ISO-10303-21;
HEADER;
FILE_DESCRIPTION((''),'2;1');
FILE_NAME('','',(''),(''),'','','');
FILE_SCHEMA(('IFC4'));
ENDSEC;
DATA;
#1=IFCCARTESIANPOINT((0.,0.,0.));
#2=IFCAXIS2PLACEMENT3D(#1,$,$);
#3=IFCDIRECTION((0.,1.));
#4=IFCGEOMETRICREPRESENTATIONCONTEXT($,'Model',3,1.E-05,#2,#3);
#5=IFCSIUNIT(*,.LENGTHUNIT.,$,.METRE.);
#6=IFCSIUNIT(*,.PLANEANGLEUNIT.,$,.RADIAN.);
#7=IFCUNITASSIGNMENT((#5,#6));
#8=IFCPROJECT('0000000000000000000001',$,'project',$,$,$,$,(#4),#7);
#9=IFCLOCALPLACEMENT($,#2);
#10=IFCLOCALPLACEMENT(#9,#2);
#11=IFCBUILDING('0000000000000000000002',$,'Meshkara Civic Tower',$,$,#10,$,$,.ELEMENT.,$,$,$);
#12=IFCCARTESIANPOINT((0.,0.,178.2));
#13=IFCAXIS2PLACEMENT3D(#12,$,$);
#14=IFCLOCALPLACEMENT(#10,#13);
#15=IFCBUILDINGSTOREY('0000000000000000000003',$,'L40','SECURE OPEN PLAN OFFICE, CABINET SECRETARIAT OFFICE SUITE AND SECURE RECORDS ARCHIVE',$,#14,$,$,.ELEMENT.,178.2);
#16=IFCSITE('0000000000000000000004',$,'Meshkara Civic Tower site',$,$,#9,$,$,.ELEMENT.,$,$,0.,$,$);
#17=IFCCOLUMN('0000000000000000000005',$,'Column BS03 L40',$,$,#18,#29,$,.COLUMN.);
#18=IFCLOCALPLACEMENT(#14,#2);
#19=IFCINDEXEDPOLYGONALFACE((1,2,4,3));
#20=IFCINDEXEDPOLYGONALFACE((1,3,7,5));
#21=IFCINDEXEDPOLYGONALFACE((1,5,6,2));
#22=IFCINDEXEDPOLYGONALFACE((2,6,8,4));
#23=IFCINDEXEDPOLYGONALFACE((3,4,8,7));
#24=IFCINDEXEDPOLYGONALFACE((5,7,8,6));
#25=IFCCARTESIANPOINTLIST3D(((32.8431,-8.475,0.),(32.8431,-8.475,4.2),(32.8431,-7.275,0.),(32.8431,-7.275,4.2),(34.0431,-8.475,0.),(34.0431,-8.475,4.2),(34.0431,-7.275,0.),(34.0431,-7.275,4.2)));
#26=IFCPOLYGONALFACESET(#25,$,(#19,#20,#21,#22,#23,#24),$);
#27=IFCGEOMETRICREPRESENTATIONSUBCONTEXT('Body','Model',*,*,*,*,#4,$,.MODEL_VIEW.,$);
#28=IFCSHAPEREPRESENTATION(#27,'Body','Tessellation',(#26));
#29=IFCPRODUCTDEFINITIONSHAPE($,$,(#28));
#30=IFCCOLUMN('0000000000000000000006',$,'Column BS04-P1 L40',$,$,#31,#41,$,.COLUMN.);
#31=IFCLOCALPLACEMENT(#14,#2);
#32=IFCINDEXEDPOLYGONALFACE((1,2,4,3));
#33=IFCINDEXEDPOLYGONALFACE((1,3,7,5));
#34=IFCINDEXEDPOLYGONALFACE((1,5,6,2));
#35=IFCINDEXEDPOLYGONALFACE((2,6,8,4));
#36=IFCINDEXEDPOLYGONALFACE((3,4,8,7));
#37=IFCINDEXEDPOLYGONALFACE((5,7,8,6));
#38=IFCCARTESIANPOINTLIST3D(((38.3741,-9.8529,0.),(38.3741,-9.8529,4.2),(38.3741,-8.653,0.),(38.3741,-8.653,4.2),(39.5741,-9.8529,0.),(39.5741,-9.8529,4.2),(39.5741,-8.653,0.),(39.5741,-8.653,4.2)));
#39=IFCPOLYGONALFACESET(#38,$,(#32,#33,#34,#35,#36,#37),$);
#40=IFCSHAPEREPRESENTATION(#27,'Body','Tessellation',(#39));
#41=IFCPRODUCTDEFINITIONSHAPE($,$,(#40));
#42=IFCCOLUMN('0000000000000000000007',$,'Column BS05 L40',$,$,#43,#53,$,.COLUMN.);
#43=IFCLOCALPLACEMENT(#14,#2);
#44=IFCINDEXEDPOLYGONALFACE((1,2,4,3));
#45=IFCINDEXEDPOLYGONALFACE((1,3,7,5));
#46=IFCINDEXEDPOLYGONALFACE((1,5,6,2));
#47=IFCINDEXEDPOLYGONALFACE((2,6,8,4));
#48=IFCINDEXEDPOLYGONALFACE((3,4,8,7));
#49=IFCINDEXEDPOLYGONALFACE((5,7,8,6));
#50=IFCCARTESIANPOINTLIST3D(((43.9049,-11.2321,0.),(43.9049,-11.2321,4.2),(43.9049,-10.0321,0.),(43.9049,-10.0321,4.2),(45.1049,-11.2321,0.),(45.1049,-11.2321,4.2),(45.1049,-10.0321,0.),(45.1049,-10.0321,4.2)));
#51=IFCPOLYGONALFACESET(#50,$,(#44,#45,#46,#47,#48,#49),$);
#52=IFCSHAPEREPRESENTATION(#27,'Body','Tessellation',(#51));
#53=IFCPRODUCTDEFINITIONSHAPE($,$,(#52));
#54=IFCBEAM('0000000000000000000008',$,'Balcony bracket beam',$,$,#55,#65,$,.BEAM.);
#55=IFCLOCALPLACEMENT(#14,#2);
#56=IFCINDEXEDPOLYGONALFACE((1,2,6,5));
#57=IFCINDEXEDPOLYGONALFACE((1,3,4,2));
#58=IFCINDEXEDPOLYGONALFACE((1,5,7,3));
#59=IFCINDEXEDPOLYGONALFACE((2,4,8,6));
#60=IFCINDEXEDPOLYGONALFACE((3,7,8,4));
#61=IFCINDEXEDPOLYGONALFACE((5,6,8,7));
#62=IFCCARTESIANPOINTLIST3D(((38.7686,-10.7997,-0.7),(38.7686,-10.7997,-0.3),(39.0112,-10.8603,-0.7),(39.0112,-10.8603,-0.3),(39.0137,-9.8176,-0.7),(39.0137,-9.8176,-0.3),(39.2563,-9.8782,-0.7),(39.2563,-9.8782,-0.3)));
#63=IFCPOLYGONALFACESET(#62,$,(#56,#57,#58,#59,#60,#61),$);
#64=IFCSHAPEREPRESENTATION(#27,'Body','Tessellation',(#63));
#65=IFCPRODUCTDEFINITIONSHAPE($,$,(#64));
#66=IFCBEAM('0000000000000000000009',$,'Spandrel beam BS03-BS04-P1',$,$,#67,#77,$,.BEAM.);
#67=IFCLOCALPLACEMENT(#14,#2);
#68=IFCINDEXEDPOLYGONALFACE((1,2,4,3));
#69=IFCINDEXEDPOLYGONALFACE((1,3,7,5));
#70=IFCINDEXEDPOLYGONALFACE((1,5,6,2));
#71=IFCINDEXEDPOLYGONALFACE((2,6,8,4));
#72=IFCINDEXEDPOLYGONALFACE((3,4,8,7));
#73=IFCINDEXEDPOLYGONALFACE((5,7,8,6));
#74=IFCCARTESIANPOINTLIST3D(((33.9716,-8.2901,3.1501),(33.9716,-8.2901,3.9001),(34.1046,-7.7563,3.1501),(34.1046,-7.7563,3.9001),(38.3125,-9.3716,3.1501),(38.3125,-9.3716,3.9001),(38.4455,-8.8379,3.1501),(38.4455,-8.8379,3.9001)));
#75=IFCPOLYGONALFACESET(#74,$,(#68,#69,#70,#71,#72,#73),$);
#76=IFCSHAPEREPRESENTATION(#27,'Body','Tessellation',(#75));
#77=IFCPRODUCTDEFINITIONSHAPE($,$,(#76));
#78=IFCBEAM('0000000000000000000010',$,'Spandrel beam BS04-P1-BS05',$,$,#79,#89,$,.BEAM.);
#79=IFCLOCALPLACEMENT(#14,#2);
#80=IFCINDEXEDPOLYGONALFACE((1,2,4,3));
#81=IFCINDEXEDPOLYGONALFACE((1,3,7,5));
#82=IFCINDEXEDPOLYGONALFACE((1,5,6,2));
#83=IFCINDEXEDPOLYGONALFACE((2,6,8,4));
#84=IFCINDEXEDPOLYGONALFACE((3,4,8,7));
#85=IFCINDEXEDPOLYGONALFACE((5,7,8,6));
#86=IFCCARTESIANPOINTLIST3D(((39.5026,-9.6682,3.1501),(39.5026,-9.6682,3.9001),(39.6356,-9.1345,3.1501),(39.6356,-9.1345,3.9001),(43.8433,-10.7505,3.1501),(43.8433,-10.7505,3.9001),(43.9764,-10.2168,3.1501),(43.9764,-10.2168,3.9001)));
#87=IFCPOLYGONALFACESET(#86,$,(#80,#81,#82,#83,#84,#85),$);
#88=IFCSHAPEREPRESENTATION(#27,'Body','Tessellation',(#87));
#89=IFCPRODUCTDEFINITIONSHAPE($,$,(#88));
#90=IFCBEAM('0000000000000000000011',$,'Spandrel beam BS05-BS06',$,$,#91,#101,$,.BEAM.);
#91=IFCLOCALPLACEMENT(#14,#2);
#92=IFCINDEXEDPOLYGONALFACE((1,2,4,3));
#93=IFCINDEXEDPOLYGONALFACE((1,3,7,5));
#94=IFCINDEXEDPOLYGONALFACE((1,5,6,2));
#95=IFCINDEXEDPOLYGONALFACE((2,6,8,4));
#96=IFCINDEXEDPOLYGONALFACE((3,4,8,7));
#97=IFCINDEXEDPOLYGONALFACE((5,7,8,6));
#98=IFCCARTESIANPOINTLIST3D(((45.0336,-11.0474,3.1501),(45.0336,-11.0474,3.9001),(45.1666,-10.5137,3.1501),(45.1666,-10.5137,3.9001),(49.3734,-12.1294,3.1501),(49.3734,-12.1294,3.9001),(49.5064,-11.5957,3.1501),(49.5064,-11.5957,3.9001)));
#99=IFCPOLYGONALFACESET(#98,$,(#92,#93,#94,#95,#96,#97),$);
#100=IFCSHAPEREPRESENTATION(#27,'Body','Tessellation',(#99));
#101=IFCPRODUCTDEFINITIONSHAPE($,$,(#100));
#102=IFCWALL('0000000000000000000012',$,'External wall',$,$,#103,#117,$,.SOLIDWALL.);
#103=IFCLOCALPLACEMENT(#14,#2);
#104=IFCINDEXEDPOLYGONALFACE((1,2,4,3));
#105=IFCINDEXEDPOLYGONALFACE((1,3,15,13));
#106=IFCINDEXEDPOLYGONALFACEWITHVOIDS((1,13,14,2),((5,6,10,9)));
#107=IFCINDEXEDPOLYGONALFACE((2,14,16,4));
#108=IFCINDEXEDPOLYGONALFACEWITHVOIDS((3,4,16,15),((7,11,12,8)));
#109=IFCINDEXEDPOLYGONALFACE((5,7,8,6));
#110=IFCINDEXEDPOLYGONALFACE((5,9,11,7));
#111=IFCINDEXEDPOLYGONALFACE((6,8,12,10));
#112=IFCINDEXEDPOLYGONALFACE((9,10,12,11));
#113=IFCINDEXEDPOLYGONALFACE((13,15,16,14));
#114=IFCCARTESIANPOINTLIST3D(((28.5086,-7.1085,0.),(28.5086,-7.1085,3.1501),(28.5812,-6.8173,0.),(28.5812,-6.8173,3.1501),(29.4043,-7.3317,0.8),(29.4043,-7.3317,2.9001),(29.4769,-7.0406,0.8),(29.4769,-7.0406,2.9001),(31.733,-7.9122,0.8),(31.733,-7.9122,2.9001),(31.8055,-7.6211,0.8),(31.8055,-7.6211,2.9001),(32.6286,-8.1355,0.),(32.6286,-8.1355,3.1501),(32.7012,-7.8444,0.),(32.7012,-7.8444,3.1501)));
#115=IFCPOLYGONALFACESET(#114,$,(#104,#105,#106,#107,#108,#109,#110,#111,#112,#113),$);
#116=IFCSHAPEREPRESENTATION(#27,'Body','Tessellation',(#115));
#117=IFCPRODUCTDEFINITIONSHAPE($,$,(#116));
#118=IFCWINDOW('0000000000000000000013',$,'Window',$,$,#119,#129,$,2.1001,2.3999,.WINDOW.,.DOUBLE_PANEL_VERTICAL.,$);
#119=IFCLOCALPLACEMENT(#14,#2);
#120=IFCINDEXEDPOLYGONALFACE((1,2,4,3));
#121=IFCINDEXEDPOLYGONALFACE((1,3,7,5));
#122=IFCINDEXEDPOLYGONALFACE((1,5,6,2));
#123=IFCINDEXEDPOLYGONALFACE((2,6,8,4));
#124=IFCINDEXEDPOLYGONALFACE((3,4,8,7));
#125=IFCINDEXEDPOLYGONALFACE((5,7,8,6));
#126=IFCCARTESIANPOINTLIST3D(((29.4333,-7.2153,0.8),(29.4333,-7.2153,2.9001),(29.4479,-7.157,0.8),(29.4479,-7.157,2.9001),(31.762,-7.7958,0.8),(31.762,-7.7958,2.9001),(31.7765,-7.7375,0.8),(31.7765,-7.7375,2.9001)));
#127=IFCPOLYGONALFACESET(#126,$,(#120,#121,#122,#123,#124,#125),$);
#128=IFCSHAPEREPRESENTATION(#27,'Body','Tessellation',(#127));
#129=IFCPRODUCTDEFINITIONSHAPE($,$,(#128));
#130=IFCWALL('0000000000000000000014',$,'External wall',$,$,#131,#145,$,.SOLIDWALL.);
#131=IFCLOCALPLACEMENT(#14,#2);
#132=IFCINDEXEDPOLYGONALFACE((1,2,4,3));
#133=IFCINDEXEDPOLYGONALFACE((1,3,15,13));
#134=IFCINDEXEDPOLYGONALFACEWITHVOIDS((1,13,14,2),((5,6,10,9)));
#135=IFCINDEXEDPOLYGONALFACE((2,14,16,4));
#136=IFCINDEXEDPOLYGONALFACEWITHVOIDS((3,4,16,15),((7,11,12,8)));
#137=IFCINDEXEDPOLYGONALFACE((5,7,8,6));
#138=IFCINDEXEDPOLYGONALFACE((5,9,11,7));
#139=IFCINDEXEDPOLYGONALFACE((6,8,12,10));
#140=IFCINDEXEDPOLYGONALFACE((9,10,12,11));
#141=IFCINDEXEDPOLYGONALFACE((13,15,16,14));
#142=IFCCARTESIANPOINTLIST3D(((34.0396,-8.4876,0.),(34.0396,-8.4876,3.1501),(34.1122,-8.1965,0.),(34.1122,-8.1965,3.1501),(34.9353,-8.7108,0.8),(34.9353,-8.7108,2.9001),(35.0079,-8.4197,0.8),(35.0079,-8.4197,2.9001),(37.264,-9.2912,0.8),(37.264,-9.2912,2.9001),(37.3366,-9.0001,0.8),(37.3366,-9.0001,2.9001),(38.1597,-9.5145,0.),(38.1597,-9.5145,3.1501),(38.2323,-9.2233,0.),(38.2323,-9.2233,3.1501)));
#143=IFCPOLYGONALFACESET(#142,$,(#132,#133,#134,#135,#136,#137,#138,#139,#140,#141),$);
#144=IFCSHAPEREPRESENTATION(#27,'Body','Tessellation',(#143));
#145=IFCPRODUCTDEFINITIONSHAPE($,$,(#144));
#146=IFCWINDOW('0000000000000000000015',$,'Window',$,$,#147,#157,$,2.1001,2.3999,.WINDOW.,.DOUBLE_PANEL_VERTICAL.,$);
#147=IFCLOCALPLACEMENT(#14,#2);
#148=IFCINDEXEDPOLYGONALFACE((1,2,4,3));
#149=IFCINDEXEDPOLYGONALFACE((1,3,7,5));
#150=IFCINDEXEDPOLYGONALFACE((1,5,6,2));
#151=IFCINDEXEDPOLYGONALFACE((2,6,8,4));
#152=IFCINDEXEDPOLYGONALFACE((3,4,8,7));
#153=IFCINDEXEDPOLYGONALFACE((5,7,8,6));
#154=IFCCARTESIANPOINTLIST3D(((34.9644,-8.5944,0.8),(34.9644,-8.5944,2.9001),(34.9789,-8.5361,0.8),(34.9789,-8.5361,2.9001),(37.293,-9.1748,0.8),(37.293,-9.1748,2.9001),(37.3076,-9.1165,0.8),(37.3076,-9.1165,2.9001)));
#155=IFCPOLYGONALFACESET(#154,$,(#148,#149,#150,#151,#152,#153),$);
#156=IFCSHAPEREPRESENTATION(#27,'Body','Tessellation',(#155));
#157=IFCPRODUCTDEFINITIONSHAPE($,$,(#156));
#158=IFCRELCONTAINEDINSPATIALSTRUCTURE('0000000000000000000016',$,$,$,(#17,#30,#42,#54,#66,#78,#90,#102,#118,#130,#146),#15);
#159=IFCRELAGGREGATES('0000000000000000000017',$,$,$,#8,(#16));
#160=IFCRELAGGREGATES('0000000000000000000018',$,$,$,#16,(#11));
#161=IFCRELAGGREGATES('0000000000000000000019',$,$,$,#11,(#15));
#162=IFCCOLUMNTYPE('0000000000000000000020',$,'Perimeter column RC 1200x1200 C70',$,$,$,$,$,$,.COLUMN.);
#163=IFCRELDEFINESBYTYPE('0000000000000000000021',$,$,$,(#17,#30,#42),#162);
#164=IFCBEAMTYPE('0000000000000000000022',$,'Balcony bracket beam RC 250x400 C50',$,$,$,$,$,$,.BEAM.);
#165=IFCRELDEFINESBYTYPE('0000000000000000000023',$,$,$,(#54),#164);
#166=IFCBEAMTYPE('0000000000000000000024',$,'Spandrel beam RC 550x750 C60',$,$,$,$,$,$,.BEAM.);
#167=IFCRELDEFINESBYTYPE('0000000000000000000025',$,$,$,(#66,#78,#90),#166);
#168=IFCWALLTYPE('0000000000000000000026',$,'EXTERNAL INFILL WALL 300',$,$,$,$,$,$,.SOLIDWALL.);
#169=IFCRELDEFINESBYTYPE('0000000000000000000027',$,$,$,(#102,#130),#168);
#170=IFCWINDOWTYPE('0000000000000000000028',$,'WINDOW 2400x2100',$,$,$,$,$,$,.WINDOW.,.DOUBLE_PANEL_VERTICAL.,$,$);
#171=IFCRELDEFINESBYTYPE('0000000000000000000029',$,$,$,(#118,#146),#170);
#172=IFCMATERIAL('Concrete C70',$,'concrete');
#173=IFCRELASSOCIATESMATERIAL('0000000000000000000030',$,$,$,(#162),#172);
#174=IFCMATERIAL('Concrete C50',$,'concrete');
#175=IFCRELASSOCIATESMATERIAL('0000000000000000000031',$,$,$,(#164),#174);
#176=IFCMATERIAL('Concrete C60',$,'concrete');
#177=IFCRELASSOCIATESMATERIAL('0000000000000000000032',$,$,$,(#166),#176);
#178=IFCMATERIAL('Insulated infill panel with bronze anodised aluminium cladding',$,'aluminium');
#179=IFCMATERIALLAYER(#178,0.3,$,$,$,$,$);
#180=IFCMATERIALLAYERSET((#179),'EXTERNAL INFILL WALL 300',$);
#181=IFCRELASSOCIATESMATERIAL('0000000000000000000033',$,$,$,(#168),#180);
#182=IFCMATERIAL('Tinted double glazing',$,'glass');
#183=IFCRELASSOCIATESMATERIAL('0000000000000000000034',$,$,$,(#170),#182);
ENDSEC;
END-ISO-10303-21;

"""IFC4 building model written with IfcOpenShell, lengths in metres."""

from ifc_helpers import new_model, si_unit, direction, frame, frame_2d, origin, origin_2d, place, context, subcontext, project, spatial, rectangle, extrude, material, layer, layer_set, material_profile, profile_set, type_object, element, fill, save


model = new_model("IFC4")

# Units and contexts
model_context = context("Model", 3, precision=1e-05, world=origin(), true_north=direction((0.0, 1.0)))
body_context = subcontext(model_context, "Body", "Model", "MODEL_VIEW")
ifc_project = project(units=[si_unit("LENGTHUNIT", "METRE"), si_unit("PLANEANGLEUNIT", "RADIAN")], contexts=[model_context])

# Site, building, storey
site_placement = place(None, origin())
site = spatial("IfcSite", under=ifc_project, at=site_placement, Name="Meshkara Civic Tower site", CompositionType="ELEMENT", RefElevation=0.0)
building_placement = place(site_placement, origin())
building = spatial("IfcBuilding", under=site, at=building_placement, Name="Meshkara Civic Tower", CompositionType="ELEMENT")
storey_placement = place(building_placement, frame((0.0, 0.0, 178.2)))
storey = spatial("IfcBuildingStorey", under=building, at=storey_placement, Name="L40", Description="SECURE OPEN PLAN OFFICE, CABINET SECRETARIAT OFFICE SUITE AND SECURE RECORDS ARCHIVE", CompositionType="ELEMENT", Elevation=178.2)

# Columns
ifc_material_1 = material(Name="Concrete C70", Category="concrete")
ifc_material_profile_1 = material_profile(ifc_material_1, rectangle(XDim=1.2, YDim=1.2, at=origin_2d()))
ifc_profile_set_1 = profile_set([ifc_material_profile_1], Name="Concrete C70")
column_type = type_object("IfcColumnType", Name="Perimeter column RC 1200x1200 C70", PredefinedType="COLUMN", material=ifc_profile_set_1)
for number, where, z_axis, x_axis, name in (
    (1, (33.4431, -7.875, 0.0), (0.0, 0.0, 1.0), (1.0, 0.0, 0.0), "Column BS03 L40"),
    (2, (38.9741, -9.2529, 0.0), (0.0, 0.0, 1.0), (1.0, 0.0, 0.0), "Column BS04-P1 L40"),
    (3, (44.5049, -10.6321, 0.0), (0.0, 0.0, 1.0), (1.0, 0.0, 0.0), "Column BS05 L40"),
):
    element("IfcColumn", number, at=place(storey_placement, frame(where, z_axis=z_axis, x_axis=x_axis)), inside=storey, type_object=column_type, Name=name, PredefinedType="COLUMN", context=body_context, shape_type="SweptSolid", body=[
        extrude(rectangle(XDim=1.2, YDim=1.2, at=origin_2d()), origin(), (0.0, 0.0, 1.0), 4.2),
    ])

# Beams
ifc_material_2 = material(Name="Concrete C50", Category="concrete")
ifc_material_profile_2 = material_profile(ifc_material_2, rectangle(XDim=0.25, YDim=0.3999, at=origin_2d()))
ifc_profile_set_2 = profile_set([ifc_material_profile_2], Name="Concrete C50")
beam_type_1 = type_object("IfcBeamType", Name="Balcony bracket beam RC 250x400 C50", PredefinedType="BEAM", material=ifc_profile_set_2)
beam_1_placement = place(storey_placement, frame((39.135, -9.8479, -0.5), z_axis=(-0.242138, -0.970242, 0.0), x_axis=(0.970242, -0.242138, 0.0)))
element("IfcBeam", 4, at=beam_1_placement, inside=storey, type_object=beam_type_1, Name="Balcony bracket beam", PredefinedType="BEAM", context=body_context, shape_type="SweptSolid", body=[
    extrude(rectangle(XDim=0.25, YDim=0.3999, at=origin_2d()), origin(), (0.0, 0.0, 1.0), 1.0122),
])
ifc_material_3 = material(Name="Concrete C60", Category="concrete")
ifc_material_profile_3 = material_profile(ifc_material_3, rectangle(XDim=0.55, YDim=0.75, at=origin_2d()))
ifc_profile_set_3 = profile_set([ifc_material_profile_3], Name="Concrete C60")
beam_type_2 = type_object("IfcBeamType", Name="Spandrel beam RC 550x750 C60", PredefinedType="BEAM", material=ifc_profile_set_3)
for number, where, z_axis, x_axis, name in (
    (5, (34.0381, -8.0232, 3.5251), (0.970335, -0.241765, 0.0), (0.241765, 0.970335, 0.0), "Spandrel beam BS03-BS04-P1"),
    (6, (39.5691, -9.4014, 3.5251), (0.970296, -0.241919, 0.0), (0.241919, 0.970296, 0.0), "Spandrel beam BS04-P1-BS05"),
):
    element("IfcBeam", number, at=place(storey_placement, frame(where, z_axis=z_axis, x_axis=x_axis)), inside=storey, type_object=beam_type_2, Name=name, PredefinedType="BEAM", context=body_context, shape_type="SweptSolid", body=[
        extrude(rectangle(XDim=0.55, YDim=0.75, at=origin_2d()), origin(), (0.0, 0.0, 1.0), 4.4736),
    ])
beam_2_placement = place(storey_placement, frame((45.1001, -10.7805, 3.5251), z_axis=(0.970296, -0.241919, 0.0), x_axis=(0.241919, 0.970296, 0.0)))
element("IfcBeam", 7, at=beam_2_placement, inside=storey, type_object=beam_type_2, Name="Spandrel beam BS05-BS06", PredefinedType="BEAM", context=body_context, shape_type="SweptSolid", body=[
    extrude(rectangle(XDim=0.55, YDim=0.75, at=origin_2d()), origin(), (0.0, 0.0, 1.0), 4.4727),
])

# Walls, openings, windows
ifc_material_4 = material(Name="Insulated infill panel with bronze anodised aluminium cladding", Category="aluminium")
ifc_layer_1 = layer(ifc_material_4, 0.3)
ifc_layer_set_1 = layer_set([ifc_layer_1], Name="EXTERNAL INFILL WALL 300")
wall_type_1 = type_object("IfcWallType", Name="EXTERNAL INFILL WALL 300", PredefinedType="SOLIDWALL", material=ifc_layer_set_1)
wall_1_placement = place(storey_placement, frame((28.5449, -6.9629, 0.0), z_axis=(0.0, 0.0, 1.0), x_axis=(0.970305, -0.241886, 0.0)))
wall_1 = element("IfcWall", 8, at=wall_1_placement, inside=storey, type_object=wall_type_1, Name="External wall", PredefinedType="SOLIDWALL", context=body_context, shape_type="SweptSolid", body=[
    extrude(rectangle(XDim=4.2461, YDim=0.3, at=frame_2d((2.123, 0.0))), origin(), (0.0, 0.0, 1.0), 3.1501),
])
opening_1_placement = place(wall_1_placement, frame((0.9231, 0.0, 0.8)))
opening_1 = element("IfcOpeningElement", 9, at=opening_1_placement, cuts=wall_1, PredefinedType="OPENING", context=body_context, shape_type="SweptSolid", body=[
    extrude(rectangle(XDim=2.3999, YDim=2.1001, at=frame_2d((1.2, 1.05))), frame((0.0, 0.1599, 0.0), z_axis=(0.0, -1.0, 0.0), x_axis=(1.0, 0.0, 0.0)), (0.0, 0.0, 1.0), 0.3201),
])
ifc_material_5 = material(Name="Tinted double glazing", Category="glass")
window_type = type_object("IfcWindowType", Name="WINDOW 2400x2100", PartitioningType="DOUBLE_PANEL_VERTICAL", PredefinedType="WINDOW", material=ifc_material_5)
window_1_placement = place(opening_1_placement, origin())
window_1 = element("IfcWindow", 10, at=window_1_placement, inside=storey, type_object=window_type, Name="Window", OverallHeight=2.1001, OverallWidth=2.3999, PartitioningType="DOUBLE_PANEL_VERTICAL", PredefinedType="WINDOW", context=body_context, shape_type="SweptSolid", body=[
    extrude(rectangle(XDim=2.3999, YDim=2.1001, at=frame_2d((1.2, 1.05))), frame((0.0, 0.03, 0.0), z_axis=(0.0, -1.0, 0.0), x_axis=(1.0, 0.0, 0.0)), (0.0, 0.0, 1.0), 0.0601),
])
fill(opening_1, window_1)
wall_2_placement = place(storey_placement, frame((34.0759, -8.342, 0.0), z_axis=(0.0, 0.0, 1.0), x_axis=(0.970318, -0.241832, 0.0)))
wall_2 = element("IfcWall", 11, at=wall_2_placement, inside=storey, type_object=wall_type_1, Name="External wall", PredefinedType="SOLIDWALL", context=body_context, shape_type="SweptSolid", body=[
    extrude(rectangle(XDim=4.2461, YDim=0.3, at=frame_2d((2.123, 0.0))), origin(), (0.0, 0.0, 1.0), 3.1501),
])
opening_2_placement = place(wall_2_placement, frame((0.9231, 0.0, 0.8)))
opening_2 = element("IfcOpeningElement", 12, at=opening_2_placement, cuts=wall_2, PredefinedType="OPENING", context=body_context, shape_type="SweptSolid", body=[
    extrude(rectangle(XDim=2.3999, YDim=2.1001, at=frame_2d((1.2, 1.05))), frame((0.0, 0.1599, 0.0), z_axis=(0.0, -1.0, 0.0), x_axis=(1.0, 0.0, 0.0)), (0.0, 0.0, 1.0), 0.3201),
])
window_2_placement = place(opening_2_placement, origin())
window_2 = element("IfcWindow", 13, at=window_2_placement, inside=storey, type_object=window_type, Name="Window", OverallHeight=2.1001, OverallWidth=2.3999, PartitioningType="DOUBLE_PANEL_VERTICAL", PredefinedType="WINDOW", context=body_context, shape_type="SweptSolid", body=[
    extrude(rectangle(XDim=2.3999, YDim=2.1001, at=frame_2d((1.2, 1.05))), frame((0.0, 0.03, 0.0), z_axis=(0.0, -1.0, 0.0), x_axis=(1.0, 0.0, 0.0)), (0.0, 0.0, 1.0), 0.0601),
])
fill(opening_2, window_2)

save(model, "model.ifc")
